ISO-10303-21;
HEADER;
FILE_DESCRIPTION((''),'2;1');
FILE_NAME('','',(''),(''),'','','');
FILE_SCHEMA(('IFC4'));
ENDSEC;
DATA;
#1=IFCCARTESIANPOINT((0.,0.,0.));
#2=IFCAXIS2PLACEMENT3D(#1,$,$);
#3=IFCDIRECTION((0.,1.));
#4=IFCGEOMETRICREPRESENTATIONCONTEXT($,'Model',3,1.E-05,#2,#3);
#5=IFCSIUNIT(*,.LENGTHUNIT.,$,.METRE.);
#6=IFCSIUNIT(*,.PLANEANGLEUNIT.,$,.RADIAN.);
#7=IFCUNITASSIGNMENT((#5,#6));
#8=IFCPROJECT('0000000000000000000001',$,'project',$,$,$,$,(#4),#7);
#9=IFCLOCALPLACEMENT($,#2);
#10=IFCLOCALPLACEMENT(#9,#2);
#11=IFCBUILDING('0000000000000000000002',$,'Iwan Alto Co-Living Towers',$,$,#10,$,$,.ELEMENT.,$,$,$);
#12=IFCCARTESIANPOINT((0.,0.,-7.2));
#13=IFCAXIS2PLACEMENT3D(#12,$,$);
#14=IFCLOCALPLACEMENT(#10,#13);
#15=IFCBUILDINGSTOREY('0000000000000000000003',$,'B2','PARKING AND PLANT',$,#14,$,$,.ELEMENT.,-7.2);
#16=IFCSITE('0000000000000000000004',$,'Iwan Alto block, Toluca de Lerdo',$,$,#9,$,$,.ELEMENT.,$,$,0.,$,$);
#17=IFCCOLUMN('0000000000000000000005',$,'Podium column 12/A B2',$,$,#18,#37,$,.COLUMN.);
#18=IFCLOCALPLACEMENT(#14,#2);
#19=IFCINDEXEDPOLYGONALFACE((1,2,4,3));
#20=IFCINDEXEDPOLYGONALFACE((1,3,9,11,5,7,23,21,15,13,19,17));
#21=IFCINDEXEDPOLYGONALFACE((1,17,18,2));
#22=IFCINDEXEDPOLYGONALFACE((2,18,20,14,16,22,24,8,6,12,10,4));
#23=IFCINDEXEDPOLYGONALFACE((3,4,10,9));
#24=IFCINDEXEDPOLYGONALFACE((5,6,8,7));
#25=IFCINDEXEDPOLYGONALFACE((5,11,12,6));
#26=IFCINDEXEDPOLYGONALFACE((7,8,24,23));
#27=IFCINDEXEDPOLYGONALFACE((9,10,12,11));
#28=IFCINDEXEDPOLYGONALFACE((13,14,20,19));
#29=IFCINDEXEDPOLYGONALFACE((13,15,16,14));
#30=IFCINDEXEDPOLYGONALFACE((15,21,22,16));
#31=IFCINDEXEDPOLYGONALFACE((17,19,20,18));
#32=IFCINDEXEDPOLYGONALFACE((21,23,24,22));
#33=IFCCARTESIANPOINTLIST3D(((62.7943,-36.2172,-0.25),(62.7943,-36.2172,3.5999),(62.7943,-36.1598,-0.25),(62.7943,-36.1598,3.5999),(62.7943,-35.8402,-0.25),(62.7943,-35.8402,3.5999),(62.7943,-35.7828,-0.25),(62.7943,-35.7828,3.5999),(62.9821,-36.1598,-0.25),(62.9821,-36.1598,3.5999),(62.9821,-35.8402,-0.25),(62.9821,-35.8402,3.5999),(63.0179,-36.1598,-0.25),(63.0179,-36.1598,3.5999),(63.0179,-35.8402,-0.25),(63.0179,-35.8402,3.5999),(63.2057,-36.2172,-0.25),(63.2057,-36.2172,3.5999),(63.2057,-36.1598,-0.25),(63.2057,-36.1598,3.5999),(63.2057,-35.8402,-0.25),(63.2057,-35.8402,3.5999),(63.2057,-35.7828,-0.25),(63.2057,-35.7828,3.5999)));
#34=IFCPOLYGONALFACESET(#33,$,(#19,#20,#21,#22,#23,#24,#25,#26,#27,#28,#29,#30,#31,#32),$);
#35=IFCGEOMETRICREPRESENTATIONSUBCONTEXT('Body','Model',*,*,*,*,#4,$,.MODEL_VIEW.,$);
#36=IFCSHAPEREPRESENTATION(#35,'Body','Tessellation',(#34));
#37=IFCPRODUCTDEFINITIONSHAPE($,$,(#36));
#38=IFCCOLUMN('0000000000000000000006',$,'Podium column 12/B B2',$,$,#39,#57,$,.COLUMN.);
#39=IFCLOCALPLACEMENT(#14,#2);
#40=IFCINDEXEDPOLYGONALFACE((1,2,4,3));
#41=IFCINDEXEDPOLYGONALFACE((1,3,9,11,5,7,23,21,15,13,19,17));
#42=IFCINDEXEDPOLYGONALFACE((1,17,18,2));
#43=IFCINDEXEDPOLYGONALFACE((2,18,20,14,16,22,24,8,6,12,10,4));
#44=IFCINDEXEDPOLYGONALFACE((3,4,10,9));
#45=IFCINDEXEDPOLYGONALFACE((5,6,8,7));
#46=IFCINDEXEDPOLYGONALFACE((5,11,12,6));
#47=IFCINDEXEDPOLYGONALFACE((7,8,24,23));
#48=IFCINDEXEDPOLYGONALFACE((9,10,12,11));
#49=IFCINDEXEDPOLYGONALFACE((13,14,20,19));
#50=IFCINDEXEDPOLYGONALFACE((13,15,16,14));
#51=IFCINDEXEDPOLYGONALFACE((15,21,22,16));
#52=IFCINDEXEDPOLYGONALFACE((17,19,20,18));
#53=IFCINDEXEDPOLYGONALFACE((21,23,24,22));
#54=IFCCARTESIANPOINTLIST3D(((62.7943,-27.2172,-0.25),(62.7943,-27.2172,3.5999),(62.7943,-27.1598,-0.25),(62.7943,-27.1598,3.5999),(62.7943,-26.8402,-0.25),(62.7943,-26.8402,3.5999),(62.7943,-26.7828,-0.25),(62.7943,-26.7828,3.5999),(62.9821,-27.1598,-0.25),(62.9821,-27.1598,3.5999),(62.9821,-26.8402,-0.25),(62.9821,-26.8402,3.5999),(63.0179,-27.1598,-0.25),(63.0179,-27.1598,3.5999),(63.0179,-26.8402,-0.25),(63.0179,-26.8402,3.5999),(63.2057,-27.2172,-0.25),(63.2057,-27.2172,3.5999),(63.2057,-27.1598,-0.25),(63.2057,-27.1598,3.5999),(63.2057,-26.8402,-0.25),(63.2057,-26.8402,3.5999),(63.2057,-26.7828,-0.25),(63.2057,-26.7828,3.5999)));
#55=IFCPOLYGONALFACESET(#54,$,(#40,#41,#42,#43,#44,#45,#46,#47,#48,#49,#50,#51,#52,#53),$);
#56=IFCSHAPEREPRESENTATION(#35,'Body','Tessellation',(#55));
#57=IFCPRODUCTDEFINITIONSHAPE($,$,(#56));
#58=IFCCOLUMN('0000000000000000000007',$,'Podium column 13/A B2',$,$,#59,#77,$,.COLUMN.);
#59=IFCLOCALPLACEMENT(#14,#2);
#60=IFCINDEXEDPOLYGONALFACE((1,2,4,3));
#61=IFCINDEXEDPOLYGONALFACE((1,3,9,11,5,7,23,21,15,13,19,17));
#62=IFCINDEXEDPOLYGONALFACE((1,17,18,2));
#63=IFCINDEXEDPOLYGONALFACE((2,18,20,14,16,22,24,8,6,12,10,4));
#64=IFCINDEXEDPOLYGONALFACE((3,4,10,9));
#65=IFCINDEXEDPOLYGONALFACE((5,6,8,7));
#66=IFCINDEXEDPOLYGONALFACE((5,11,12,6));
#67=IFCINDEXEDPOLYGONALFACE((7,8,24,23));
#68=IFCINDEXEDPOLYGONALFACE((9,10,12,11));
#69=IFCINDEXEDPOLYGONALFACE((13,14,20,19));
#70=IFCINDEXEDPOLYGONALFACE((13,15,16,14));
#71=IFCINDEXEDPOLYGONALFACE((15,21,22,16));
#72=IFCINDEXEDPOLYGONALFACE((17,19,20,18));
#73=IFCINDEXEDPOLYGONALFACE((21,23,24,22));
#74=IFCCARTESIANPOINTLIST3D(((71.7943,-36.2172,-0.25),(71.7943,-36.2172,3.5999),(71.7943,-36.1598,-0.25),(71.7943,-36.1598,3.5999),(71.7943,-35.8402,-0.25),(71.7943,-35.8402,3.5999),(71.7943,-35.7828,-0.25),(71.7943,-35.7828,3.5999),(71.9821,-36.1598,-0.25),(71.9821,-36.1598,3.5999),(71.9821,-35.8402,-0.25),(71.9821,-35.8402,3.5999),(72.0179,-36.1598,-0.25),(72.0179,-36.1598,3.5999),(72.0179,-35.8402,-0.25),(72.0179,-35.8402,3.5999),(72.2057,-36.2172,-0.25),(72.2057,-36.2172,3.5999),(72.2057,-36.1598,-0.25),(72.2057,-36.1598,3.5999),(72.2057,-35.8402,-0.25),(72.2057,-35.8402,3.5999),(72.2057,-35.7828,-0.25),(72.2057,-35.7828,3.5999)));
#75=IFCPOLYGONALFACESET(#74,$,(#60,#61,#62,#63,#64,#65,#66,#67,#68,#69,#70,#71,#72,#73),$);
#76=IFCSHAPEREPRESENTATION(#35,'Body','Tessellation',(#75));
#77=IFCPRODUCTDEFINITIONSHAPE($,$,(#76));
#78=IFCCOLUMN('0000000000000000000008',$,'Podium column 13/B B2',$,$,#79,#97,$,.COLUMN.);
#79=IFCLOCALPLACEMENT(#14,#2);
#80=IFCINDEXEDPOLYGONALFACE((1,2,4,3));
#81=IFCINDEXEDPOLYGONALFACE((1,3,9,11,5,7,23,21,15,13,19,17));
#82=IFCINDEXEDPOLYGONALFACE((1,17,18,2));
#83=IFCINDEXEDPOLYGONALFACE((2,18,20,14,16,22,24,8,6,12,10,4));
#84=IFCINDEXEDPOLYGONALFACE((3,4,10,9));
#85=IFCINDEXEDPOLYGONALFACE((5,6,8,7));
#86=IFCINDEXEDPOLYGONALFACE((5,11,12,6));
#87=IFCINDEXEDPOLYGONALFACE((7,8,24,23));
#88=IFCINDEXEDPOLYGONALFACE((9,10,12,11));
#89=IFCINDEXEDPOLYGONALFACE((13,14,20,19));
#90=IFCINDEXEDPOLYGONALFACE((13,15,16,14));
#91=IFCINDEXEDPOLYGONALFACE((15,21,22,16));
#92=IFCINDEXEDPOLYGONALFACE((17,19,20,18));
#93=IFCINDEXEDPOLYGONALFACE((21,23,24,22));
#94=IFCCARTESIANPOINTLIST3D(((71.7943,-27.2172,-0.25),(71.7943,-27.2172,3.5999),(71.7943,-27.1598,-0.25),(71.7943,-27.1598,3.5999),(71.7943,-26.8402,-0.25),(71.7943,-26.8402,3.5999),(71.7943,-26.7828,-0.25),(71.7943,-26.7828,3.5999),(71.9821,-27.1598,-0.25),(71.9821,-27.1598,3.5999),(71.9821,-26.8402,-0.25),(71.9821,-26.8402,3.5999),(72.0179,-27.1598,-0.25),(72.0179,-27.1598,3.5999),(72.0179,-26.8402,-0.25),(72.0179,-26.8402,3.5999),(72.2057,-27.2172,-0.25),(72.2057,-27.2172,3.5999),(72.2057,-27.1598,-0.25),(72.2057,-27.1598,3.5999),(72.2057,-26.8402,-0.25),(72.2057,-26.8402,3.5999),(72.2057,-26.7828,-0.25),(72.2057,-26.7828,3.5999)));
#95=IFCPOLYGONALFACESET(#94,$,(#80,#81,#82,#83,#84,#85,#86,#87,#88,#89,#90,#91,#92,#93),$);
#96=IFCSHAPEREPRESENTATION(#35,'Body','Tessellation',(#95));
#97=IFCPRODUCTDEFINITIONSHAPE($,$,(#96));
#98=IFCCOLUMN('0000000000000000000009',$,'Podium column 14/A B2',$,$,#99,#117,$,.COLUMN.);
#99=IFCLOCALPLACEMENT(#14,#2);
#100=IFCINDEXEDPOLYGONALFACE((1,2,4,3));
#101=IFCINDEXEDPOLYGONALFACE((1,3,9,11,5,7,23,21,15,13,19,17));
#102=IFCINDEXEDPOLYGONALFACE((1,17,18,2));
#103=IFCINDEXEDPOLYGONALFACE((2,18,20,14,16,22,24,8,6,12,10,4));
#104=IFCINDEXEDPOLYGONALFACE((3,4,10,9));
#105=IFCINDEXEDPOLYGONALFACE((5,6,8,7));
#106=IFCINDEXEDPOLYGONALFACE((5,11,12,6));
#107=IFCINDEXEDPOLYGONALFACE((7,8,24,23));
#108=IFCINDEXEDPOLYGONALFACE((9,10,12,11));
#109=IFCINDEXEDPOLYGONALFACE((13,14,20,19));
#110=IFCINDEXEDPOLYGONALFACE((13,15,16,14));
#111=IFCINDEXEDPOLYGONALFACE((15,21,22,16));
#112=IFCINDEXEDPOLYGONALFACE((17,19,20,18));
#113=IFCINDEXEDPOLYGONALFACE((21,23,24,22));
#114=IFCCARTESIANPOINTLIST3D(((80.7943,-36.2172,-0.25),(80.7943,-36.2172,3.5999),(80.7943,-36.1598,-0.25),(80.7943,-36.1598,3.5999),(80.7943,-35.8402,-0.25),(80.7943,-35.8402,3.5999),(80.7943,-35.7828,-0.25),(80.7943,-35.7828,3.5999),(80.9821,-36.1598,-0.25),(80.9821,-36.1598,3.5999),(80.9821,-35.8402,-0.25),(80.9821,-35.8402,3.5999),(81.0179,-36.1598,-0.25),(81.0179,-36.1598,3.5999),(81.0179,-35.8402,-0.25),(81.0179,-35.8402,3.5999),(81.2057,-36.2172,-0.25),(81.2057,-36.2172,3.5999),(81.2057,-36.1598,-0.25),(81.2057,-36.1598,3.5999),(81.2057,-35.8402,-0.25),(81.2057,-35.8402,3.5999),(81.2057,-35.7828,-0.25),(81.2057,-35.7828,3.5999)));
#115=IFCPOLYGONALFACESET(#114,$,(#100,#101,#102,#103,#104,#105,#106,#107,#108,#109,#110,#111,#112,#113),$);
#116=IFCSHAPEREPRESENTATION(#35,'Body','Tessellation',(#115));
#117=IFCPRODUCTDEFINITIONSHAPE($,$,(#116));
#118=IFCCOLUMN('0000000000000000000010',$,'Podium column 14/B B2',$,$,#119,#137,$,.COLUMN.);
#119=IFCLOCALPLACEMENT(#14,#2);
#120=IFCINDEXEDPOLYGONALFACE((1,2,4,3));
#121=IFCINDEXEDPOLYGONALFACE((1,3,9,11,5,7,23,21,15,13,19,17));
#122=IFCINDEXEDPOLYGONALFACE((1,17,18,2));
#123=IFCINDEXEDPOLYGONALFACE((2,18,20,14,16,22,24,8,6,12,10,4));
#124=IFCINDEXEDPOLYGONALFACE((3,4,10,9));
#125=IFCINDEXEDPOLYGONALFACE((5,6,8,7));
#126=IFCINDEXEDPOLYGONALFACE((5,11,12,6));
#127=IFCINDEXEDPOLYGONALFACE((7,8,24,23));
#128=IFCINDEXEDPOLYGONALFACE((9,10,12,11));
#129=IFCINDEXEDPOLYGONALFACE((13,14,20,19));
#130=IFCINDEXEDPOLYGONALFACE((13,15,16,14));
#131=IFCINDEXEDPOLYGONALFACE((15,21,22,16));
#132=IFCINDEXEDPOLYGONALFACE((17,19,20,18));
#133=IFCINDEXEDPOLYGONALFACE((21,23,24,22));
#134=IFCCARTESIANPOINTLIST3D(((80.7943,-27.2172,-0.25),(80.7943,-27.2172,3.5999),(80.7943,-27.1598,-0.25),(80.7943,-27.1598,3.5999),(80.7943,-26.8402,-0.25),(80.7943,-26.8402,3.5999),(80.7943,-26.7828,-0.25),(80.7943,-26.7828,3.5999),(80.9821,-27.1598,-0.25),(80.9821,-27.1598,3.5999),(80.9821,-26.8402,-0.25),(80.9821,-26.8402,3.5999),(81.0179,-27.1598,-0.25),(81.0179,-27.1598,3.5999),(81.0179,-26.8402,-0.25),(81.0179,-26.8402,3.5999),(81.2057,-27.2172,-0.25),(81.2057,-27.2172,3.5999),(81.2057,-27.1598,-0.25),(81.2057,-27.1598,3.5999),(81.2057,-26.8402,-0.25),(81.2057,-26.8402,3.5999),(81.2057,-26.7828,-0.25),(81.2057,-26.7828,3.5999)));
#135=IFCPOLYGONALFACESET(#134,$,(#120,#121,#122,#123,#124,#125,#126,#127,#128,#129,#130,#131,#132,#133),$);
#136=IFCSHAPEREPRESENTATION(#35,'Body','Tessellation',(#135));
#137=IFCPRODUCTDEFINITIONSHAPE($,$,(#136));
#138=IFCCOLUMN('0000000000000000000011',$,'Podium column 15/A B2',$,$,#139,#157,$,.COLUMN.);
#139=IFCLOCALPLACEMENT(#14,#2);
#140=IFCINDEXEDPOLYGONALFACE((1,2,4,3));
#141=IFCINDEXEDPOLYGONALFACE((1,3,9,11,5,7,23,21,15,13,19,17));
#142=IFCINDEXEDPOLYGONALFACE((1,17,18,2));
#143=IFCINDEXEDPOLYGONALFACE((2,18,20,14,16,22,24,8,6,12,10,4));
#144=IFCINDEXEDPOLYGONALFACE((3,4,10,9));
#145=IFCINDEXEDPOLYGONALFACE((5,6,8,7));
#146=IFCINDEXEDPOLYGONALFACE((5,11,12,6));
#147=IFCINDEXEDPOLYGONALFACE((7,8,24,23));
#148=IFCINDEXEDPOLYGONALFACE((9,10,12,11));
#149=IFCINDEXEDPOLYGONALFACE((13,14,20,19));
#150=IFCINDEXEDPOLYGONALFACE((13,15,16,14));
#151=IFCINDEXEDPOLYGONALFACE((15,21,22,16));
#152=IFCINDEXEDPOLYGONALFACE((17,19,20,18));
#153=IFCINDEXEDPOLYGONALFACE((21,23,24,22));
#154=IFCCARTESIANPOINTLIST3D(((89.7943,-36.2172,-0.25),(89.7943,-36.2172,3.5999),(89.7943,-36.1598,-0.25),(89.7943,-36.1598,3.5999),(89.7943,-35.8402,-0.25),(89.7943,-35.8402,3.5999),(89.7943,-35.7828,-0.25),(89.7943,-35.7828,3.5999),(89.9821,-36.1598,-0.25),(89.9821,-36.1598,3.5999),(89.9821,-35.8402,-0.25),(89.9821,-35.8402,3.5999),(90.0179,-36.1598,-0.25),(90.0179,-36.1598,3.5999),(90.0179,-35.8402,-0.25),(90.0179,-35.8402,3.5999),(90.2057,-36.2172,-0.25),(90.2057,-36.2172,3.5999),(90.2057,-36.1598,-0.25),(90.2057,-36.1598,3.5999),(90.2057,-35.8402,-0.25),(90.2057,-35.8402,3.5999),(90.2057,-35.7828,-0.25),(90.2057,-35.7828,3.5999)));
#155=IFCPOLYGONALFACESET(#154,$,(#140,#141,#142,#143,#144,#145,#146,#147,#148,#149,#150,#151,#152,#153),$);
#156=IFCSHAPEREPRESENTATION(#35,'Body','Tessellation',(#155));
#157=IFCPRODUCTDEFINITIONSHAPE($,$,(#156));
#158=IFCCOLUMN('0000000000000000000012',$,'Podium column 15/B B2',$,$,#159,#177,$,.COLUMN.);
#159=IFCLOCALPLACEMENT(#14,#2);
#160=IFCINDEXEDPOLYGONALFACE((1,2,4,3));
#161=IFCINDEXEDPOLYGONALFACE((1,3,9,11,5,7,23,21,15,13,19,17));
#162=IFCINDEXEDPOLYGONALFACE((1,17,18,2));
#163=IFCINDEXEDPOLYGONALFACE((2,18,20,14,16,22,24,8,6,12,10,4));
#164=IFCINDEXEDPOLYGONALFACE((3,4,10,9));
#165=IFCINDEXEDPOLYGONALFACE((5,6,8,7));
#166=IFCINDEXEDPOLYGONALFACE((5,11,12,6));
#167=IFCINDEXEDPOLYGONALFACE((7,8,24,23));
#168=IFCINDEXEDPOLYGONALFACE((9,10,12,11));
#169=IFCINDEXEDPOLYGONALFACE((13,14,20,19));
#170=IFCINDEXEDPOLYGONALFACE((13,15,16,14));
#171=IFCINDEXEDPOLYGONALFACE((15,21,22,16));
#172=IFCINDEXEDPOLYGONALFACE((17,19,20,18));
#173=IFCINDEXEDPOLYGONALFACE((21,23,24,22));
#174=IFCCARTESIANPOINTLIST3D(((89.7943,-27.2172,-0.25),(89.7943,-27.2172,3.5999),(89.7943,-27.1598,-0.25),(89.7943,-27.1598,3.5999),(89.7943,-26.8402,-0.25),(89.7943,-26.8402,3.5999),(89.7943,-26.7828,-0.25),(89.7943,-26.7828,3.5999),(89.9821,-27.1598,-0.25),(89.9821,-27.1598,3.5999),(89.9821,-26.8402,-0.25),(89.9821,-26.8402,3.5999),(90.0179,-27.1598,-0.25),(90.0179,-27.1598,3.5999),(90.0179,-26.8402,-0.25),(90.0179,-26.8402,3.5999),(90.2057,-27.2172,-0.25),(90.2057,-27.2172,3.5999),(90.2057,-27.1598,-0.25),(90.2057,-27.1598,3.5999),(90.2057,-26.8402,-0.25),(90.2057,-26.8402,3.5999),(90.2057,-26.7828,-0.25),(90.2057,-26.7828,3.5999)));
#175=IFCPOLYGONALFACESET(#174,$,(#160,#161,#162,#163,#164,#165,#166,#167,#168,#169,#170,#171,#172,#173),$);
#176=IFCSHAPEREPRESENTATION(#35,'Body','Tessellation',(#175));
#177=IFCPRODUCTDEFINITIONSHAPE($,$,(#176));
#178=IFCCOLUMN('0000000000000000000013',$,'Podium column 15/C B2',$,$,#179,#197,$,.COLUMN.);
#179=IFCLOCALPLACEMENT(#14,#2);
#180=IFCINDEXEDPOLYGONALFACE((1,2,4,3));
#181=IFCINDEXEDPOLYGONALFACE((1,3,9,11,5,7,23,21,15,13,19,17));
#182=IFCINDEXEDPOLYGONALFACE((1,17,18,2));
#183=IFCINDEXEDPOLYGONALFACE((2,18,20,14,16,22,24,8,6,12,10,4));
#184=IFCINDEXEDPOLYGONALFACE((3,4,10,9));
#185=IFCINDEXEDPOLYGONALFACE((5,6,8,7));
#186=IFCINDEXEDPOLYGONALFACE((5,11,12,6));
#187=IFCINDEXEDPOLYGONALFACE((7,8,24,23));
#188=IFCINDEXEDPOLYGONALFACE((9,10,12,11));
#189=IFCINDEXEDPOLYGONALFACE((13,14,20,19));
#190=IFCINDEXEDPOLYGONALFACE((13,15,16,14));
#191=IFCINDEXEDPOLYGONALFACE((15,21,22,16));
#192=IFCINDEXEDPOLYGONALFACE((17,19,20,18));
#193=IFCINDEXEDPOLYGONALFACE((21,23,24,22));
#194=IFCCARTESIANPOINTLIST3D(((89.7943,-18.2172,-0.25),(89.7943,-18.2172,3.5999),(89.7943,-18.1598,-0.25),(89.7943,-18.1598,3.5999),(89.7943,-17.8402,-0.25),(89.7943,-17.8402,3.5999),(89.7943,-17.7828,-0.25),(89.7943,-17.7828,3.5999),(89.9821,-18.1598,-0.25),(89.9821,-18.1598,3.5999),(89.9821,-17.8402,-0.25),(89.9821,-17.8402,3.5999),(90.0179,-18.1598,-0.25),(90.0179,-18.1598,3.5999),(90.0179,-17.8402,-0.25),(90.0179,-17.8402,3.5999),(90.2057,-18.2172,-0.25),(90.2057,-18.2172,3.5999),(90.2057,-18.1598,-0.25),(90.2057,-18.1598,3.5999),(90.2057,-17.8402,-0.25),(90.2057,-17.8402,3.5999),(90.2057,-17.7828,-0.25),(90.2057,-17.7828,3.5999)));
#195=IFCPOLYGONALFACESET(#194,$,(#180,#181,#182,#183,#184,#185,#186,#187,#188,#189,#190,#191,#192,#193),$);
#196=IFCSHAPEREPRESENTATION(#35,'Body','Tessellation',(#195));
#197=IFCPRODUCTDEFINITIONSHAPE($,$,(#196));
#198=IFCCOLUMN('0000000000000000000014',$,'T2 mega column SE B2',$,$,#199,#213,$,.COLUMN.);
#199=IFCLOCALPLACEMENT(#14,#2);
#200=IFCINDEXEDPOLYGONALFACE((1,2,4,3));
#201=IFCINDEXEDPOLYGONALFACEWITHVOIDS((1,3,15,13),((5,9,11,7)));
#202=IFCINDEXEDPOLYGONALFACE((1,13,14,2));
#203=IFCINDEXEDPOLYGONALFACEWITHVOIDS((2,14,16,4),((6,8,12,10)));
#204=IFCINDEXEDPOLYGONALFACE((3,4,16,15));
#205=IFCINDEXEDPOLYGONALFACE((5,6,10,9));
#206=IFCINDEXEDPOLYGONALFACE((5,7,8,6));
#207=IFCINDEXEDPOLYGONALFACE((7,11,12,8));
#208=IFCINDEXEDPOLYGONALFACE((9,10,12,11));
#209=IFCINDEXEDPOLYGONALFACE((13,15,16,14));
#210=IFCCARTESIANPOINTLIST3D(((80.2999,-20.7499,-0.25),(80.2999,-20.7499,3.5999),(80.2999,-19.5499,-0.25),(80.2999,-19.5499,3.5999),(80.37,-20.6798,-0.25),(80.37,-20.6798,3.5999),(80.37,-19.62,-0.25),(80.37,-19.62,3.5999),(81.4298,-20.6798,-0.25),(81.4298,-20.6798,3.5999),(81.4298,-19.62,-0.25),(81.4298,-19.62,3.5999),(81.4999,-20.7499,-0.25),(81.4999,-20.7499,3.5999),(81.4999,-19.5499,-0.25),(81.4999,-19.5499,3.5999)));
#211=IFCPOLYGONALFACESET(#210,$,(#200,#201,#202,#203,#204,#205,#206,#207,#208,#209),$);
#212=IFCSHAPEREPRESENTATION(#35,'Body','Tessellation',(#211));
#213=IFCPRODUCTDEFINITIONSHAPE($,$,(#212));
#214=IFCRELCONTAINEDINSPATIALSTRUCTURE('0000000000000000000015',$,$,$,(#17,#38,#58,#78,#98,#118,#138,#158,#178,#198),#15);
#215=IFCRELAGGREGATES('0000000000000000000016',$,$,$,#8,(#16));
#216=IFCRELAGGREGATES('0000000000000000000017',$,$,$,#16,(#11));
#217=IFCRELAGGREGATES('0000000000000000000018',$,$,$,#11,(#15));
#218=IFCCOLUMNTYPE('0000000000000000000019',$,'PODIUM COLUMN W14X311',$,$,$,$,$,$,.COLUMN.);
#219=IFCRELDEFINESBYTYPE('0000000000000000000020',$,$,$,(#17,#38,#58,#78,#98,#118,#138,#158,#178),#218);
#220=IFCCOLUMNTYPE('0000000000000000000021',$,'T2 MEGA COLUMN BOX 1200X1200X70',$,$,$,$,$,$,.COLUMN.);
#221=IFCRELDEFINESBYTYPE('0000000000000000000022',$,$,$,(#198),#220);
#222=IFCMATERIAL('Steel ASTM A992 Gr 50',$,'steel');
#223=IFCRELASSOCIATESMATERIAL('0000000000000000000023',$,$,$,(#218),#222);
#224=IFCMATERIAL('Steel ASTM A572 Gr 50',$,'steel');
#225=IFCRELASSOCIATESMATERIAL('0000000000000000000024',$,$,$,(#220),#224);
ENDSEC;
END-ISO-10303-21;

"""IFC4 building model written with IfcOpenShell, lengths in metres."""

from ifc_helpers import new_model, si_unit, direction, frame, origin, origin_2d, place, context, subcontext, project, spatial, hollow_rectangle, i_section, extrude, material, material_profile, profile_set, type_object, element, save


model = new_model("IFC4")

# Units and contexts
model_context = context("Model", 3, precision=1e-05, world=origin(), true_north=direction((0.0, 1.0)))
body_context = subcontext(model_context, "Body", "Model", "MODEL_VIEW")
ifc_project = project(units=[si_unit("LENGTHUNIT", "METRE"), si_unit("PLANEANGLEUNIT", "RADIAN")], contexts=[model_context])

# Site, building, storey
site_placement = place(None, origin())
site = spatial("IfcSite", under=ifc_project, at=site_placement, Name="Iwan Alto block, Toluca de Lerdo", CompositionType="ELEMENT", RefElevation=0.0)
building_placement = place(site_placement, origin())
building = spatial("IfcBuilding", under=site, at=building_placement, Name="Iwan Alto Co-Living Towers", CompositionType="ELEMENT")
storey_placement = place(building_placement, frame((0.0, 0.0, -7.2)))
storey = spatial("IfcBuildingStorey", under=building, at=storey_placement, Name="B2", Description="PARKING AND PLANT", CompositionType="ELEMENT", Elevation=-7.2)

# Columns
ifc_material_1 = material(Name="Steel ASTM A992 Gr 50", Category="steel")
ifc_material_profile_1 = material_profile(ifc_material_1, i_section(OverallWidth=0.4114, OverallDepth=0.4343, WebThickness=0.0359, FlangeThickness=0.0574, at=origin_2d()), Name="W14X311")
ifc_profile_set_1 = profile_set([ifc_material_profile_1], Name="Steel ASTM A992 Gr 50")
column_type_1 = type_object("IfcColumnType", Name="PODIUM COLUMN W14X311", PredefinedType="COLUMN", material=ifc_profile_set_1)
for number, where, z_axis, x_axis, name in (
    (1, (63.0, -36.0, -0.25), (0.0, 0.0, 1.0), (1.0, 0.0, 0.0), "Podium column 12/A B2"),
    (2, (63.0, -27.0, -0.25), (0.0, 0.0, 1.0), (1.0, 0.0, 0.0), "Podium column 12/B B2"),
    (3, (72.0, -36.0, -0.25), (0.0, 0.0, 1.0), (1.0, 0.0, 0.0), "Podium column 13/A B2"),
    (4, (72.0, -27.0, -0.25), (0.0, 0.0, 1.0), (1.0, 0.0, 0.0), "Podium column 13/B B2"),
    (5, (81.0, -36.0, -0.25), (0.0, 0.0, 1.0), (1.0, 0.0, 0.0), "Podium column 14/A B2"),
    (6, (81.0, -27.0, -0.25), (0.0, 0.0, 1.0), (1.0, 0.0, 0.0), "Podium column 14/B B2"),
    (7, (90.0, -36.0, -0.25), (0.0, 0.0, 1.0), (1.0, 0.0, 0.0), "Podium column 15/A B2"),
    (8, (90.0, -27.0, -0.25), (0.0, 0.0, 1.0), (1.0, 0.0, 0.0), "Podium column 15/B B2"),
    (9, (90.0, -18.0, -0.25), (0.0, 0.0, 1.0), (1.0, 0.0, 0.0), "Podium column 15/C B2"),
):
    element("IfcColumn", number, at=place(storey_placement, frame(where, z_axis=z_axis, x_axis=x_axis)), inside=storey, type_object=column_type_1, Name=name, PredefinedType="COLUMN", context=body_context, shape_type="SweptSolid", body=[
        extrude(i_section(OverallWidth=0.4114, OverallDepth=0.4343, WebThickness=0.0359, FlangeThickness=0.0574, at=origin_2d()), origin(), (0.0, 0.0, 1.0), 3.8499),
    ])
ifc_material_2 = material(Name="Steel ASTM A572 Gr 50", Category="steel")
ifc_material_profile_2 = material_profile(ifc_material_2, hollow_rectangle(XDim=1.2, YDim=1.2, WallThickness=0.0701, at=origin_2d()), Name="BOX 1200X1200X70")
ifc_profile_set_2 = profile_set([ifc_material_profile_2], Name="Steel ASTM A572 Gr 50")
column_type_2 = type_object("IfcColumnType", Name="T2 MEGA COLUMN BOX 1200X1200X70", PredefinedType="COLUMN", material=ifc_profile_set_2)
column_placement = place(storey_placement, frame((80.8999, -20.1499, -0.25), z_axis=(0.0, 0.0, 1.0), x_axis=(1.0, 0.0, 0.0)))
element("IfcColumn", 10, at=column_placement, inside=storey, type_object=column_type_2, Name="T2 mega column SE B2", PredefinedType="COLUMN", context=body_context, shape_type="SweptSolid", body=[
    extrude(hollow_rectangle(XDim=1.2, YDim=1.2, WallThickness=0.0701, at=origin_2d()), origin(), (0.0, 0.0, 1.0), 3.8499),
])

save(model, "model.ifc")
